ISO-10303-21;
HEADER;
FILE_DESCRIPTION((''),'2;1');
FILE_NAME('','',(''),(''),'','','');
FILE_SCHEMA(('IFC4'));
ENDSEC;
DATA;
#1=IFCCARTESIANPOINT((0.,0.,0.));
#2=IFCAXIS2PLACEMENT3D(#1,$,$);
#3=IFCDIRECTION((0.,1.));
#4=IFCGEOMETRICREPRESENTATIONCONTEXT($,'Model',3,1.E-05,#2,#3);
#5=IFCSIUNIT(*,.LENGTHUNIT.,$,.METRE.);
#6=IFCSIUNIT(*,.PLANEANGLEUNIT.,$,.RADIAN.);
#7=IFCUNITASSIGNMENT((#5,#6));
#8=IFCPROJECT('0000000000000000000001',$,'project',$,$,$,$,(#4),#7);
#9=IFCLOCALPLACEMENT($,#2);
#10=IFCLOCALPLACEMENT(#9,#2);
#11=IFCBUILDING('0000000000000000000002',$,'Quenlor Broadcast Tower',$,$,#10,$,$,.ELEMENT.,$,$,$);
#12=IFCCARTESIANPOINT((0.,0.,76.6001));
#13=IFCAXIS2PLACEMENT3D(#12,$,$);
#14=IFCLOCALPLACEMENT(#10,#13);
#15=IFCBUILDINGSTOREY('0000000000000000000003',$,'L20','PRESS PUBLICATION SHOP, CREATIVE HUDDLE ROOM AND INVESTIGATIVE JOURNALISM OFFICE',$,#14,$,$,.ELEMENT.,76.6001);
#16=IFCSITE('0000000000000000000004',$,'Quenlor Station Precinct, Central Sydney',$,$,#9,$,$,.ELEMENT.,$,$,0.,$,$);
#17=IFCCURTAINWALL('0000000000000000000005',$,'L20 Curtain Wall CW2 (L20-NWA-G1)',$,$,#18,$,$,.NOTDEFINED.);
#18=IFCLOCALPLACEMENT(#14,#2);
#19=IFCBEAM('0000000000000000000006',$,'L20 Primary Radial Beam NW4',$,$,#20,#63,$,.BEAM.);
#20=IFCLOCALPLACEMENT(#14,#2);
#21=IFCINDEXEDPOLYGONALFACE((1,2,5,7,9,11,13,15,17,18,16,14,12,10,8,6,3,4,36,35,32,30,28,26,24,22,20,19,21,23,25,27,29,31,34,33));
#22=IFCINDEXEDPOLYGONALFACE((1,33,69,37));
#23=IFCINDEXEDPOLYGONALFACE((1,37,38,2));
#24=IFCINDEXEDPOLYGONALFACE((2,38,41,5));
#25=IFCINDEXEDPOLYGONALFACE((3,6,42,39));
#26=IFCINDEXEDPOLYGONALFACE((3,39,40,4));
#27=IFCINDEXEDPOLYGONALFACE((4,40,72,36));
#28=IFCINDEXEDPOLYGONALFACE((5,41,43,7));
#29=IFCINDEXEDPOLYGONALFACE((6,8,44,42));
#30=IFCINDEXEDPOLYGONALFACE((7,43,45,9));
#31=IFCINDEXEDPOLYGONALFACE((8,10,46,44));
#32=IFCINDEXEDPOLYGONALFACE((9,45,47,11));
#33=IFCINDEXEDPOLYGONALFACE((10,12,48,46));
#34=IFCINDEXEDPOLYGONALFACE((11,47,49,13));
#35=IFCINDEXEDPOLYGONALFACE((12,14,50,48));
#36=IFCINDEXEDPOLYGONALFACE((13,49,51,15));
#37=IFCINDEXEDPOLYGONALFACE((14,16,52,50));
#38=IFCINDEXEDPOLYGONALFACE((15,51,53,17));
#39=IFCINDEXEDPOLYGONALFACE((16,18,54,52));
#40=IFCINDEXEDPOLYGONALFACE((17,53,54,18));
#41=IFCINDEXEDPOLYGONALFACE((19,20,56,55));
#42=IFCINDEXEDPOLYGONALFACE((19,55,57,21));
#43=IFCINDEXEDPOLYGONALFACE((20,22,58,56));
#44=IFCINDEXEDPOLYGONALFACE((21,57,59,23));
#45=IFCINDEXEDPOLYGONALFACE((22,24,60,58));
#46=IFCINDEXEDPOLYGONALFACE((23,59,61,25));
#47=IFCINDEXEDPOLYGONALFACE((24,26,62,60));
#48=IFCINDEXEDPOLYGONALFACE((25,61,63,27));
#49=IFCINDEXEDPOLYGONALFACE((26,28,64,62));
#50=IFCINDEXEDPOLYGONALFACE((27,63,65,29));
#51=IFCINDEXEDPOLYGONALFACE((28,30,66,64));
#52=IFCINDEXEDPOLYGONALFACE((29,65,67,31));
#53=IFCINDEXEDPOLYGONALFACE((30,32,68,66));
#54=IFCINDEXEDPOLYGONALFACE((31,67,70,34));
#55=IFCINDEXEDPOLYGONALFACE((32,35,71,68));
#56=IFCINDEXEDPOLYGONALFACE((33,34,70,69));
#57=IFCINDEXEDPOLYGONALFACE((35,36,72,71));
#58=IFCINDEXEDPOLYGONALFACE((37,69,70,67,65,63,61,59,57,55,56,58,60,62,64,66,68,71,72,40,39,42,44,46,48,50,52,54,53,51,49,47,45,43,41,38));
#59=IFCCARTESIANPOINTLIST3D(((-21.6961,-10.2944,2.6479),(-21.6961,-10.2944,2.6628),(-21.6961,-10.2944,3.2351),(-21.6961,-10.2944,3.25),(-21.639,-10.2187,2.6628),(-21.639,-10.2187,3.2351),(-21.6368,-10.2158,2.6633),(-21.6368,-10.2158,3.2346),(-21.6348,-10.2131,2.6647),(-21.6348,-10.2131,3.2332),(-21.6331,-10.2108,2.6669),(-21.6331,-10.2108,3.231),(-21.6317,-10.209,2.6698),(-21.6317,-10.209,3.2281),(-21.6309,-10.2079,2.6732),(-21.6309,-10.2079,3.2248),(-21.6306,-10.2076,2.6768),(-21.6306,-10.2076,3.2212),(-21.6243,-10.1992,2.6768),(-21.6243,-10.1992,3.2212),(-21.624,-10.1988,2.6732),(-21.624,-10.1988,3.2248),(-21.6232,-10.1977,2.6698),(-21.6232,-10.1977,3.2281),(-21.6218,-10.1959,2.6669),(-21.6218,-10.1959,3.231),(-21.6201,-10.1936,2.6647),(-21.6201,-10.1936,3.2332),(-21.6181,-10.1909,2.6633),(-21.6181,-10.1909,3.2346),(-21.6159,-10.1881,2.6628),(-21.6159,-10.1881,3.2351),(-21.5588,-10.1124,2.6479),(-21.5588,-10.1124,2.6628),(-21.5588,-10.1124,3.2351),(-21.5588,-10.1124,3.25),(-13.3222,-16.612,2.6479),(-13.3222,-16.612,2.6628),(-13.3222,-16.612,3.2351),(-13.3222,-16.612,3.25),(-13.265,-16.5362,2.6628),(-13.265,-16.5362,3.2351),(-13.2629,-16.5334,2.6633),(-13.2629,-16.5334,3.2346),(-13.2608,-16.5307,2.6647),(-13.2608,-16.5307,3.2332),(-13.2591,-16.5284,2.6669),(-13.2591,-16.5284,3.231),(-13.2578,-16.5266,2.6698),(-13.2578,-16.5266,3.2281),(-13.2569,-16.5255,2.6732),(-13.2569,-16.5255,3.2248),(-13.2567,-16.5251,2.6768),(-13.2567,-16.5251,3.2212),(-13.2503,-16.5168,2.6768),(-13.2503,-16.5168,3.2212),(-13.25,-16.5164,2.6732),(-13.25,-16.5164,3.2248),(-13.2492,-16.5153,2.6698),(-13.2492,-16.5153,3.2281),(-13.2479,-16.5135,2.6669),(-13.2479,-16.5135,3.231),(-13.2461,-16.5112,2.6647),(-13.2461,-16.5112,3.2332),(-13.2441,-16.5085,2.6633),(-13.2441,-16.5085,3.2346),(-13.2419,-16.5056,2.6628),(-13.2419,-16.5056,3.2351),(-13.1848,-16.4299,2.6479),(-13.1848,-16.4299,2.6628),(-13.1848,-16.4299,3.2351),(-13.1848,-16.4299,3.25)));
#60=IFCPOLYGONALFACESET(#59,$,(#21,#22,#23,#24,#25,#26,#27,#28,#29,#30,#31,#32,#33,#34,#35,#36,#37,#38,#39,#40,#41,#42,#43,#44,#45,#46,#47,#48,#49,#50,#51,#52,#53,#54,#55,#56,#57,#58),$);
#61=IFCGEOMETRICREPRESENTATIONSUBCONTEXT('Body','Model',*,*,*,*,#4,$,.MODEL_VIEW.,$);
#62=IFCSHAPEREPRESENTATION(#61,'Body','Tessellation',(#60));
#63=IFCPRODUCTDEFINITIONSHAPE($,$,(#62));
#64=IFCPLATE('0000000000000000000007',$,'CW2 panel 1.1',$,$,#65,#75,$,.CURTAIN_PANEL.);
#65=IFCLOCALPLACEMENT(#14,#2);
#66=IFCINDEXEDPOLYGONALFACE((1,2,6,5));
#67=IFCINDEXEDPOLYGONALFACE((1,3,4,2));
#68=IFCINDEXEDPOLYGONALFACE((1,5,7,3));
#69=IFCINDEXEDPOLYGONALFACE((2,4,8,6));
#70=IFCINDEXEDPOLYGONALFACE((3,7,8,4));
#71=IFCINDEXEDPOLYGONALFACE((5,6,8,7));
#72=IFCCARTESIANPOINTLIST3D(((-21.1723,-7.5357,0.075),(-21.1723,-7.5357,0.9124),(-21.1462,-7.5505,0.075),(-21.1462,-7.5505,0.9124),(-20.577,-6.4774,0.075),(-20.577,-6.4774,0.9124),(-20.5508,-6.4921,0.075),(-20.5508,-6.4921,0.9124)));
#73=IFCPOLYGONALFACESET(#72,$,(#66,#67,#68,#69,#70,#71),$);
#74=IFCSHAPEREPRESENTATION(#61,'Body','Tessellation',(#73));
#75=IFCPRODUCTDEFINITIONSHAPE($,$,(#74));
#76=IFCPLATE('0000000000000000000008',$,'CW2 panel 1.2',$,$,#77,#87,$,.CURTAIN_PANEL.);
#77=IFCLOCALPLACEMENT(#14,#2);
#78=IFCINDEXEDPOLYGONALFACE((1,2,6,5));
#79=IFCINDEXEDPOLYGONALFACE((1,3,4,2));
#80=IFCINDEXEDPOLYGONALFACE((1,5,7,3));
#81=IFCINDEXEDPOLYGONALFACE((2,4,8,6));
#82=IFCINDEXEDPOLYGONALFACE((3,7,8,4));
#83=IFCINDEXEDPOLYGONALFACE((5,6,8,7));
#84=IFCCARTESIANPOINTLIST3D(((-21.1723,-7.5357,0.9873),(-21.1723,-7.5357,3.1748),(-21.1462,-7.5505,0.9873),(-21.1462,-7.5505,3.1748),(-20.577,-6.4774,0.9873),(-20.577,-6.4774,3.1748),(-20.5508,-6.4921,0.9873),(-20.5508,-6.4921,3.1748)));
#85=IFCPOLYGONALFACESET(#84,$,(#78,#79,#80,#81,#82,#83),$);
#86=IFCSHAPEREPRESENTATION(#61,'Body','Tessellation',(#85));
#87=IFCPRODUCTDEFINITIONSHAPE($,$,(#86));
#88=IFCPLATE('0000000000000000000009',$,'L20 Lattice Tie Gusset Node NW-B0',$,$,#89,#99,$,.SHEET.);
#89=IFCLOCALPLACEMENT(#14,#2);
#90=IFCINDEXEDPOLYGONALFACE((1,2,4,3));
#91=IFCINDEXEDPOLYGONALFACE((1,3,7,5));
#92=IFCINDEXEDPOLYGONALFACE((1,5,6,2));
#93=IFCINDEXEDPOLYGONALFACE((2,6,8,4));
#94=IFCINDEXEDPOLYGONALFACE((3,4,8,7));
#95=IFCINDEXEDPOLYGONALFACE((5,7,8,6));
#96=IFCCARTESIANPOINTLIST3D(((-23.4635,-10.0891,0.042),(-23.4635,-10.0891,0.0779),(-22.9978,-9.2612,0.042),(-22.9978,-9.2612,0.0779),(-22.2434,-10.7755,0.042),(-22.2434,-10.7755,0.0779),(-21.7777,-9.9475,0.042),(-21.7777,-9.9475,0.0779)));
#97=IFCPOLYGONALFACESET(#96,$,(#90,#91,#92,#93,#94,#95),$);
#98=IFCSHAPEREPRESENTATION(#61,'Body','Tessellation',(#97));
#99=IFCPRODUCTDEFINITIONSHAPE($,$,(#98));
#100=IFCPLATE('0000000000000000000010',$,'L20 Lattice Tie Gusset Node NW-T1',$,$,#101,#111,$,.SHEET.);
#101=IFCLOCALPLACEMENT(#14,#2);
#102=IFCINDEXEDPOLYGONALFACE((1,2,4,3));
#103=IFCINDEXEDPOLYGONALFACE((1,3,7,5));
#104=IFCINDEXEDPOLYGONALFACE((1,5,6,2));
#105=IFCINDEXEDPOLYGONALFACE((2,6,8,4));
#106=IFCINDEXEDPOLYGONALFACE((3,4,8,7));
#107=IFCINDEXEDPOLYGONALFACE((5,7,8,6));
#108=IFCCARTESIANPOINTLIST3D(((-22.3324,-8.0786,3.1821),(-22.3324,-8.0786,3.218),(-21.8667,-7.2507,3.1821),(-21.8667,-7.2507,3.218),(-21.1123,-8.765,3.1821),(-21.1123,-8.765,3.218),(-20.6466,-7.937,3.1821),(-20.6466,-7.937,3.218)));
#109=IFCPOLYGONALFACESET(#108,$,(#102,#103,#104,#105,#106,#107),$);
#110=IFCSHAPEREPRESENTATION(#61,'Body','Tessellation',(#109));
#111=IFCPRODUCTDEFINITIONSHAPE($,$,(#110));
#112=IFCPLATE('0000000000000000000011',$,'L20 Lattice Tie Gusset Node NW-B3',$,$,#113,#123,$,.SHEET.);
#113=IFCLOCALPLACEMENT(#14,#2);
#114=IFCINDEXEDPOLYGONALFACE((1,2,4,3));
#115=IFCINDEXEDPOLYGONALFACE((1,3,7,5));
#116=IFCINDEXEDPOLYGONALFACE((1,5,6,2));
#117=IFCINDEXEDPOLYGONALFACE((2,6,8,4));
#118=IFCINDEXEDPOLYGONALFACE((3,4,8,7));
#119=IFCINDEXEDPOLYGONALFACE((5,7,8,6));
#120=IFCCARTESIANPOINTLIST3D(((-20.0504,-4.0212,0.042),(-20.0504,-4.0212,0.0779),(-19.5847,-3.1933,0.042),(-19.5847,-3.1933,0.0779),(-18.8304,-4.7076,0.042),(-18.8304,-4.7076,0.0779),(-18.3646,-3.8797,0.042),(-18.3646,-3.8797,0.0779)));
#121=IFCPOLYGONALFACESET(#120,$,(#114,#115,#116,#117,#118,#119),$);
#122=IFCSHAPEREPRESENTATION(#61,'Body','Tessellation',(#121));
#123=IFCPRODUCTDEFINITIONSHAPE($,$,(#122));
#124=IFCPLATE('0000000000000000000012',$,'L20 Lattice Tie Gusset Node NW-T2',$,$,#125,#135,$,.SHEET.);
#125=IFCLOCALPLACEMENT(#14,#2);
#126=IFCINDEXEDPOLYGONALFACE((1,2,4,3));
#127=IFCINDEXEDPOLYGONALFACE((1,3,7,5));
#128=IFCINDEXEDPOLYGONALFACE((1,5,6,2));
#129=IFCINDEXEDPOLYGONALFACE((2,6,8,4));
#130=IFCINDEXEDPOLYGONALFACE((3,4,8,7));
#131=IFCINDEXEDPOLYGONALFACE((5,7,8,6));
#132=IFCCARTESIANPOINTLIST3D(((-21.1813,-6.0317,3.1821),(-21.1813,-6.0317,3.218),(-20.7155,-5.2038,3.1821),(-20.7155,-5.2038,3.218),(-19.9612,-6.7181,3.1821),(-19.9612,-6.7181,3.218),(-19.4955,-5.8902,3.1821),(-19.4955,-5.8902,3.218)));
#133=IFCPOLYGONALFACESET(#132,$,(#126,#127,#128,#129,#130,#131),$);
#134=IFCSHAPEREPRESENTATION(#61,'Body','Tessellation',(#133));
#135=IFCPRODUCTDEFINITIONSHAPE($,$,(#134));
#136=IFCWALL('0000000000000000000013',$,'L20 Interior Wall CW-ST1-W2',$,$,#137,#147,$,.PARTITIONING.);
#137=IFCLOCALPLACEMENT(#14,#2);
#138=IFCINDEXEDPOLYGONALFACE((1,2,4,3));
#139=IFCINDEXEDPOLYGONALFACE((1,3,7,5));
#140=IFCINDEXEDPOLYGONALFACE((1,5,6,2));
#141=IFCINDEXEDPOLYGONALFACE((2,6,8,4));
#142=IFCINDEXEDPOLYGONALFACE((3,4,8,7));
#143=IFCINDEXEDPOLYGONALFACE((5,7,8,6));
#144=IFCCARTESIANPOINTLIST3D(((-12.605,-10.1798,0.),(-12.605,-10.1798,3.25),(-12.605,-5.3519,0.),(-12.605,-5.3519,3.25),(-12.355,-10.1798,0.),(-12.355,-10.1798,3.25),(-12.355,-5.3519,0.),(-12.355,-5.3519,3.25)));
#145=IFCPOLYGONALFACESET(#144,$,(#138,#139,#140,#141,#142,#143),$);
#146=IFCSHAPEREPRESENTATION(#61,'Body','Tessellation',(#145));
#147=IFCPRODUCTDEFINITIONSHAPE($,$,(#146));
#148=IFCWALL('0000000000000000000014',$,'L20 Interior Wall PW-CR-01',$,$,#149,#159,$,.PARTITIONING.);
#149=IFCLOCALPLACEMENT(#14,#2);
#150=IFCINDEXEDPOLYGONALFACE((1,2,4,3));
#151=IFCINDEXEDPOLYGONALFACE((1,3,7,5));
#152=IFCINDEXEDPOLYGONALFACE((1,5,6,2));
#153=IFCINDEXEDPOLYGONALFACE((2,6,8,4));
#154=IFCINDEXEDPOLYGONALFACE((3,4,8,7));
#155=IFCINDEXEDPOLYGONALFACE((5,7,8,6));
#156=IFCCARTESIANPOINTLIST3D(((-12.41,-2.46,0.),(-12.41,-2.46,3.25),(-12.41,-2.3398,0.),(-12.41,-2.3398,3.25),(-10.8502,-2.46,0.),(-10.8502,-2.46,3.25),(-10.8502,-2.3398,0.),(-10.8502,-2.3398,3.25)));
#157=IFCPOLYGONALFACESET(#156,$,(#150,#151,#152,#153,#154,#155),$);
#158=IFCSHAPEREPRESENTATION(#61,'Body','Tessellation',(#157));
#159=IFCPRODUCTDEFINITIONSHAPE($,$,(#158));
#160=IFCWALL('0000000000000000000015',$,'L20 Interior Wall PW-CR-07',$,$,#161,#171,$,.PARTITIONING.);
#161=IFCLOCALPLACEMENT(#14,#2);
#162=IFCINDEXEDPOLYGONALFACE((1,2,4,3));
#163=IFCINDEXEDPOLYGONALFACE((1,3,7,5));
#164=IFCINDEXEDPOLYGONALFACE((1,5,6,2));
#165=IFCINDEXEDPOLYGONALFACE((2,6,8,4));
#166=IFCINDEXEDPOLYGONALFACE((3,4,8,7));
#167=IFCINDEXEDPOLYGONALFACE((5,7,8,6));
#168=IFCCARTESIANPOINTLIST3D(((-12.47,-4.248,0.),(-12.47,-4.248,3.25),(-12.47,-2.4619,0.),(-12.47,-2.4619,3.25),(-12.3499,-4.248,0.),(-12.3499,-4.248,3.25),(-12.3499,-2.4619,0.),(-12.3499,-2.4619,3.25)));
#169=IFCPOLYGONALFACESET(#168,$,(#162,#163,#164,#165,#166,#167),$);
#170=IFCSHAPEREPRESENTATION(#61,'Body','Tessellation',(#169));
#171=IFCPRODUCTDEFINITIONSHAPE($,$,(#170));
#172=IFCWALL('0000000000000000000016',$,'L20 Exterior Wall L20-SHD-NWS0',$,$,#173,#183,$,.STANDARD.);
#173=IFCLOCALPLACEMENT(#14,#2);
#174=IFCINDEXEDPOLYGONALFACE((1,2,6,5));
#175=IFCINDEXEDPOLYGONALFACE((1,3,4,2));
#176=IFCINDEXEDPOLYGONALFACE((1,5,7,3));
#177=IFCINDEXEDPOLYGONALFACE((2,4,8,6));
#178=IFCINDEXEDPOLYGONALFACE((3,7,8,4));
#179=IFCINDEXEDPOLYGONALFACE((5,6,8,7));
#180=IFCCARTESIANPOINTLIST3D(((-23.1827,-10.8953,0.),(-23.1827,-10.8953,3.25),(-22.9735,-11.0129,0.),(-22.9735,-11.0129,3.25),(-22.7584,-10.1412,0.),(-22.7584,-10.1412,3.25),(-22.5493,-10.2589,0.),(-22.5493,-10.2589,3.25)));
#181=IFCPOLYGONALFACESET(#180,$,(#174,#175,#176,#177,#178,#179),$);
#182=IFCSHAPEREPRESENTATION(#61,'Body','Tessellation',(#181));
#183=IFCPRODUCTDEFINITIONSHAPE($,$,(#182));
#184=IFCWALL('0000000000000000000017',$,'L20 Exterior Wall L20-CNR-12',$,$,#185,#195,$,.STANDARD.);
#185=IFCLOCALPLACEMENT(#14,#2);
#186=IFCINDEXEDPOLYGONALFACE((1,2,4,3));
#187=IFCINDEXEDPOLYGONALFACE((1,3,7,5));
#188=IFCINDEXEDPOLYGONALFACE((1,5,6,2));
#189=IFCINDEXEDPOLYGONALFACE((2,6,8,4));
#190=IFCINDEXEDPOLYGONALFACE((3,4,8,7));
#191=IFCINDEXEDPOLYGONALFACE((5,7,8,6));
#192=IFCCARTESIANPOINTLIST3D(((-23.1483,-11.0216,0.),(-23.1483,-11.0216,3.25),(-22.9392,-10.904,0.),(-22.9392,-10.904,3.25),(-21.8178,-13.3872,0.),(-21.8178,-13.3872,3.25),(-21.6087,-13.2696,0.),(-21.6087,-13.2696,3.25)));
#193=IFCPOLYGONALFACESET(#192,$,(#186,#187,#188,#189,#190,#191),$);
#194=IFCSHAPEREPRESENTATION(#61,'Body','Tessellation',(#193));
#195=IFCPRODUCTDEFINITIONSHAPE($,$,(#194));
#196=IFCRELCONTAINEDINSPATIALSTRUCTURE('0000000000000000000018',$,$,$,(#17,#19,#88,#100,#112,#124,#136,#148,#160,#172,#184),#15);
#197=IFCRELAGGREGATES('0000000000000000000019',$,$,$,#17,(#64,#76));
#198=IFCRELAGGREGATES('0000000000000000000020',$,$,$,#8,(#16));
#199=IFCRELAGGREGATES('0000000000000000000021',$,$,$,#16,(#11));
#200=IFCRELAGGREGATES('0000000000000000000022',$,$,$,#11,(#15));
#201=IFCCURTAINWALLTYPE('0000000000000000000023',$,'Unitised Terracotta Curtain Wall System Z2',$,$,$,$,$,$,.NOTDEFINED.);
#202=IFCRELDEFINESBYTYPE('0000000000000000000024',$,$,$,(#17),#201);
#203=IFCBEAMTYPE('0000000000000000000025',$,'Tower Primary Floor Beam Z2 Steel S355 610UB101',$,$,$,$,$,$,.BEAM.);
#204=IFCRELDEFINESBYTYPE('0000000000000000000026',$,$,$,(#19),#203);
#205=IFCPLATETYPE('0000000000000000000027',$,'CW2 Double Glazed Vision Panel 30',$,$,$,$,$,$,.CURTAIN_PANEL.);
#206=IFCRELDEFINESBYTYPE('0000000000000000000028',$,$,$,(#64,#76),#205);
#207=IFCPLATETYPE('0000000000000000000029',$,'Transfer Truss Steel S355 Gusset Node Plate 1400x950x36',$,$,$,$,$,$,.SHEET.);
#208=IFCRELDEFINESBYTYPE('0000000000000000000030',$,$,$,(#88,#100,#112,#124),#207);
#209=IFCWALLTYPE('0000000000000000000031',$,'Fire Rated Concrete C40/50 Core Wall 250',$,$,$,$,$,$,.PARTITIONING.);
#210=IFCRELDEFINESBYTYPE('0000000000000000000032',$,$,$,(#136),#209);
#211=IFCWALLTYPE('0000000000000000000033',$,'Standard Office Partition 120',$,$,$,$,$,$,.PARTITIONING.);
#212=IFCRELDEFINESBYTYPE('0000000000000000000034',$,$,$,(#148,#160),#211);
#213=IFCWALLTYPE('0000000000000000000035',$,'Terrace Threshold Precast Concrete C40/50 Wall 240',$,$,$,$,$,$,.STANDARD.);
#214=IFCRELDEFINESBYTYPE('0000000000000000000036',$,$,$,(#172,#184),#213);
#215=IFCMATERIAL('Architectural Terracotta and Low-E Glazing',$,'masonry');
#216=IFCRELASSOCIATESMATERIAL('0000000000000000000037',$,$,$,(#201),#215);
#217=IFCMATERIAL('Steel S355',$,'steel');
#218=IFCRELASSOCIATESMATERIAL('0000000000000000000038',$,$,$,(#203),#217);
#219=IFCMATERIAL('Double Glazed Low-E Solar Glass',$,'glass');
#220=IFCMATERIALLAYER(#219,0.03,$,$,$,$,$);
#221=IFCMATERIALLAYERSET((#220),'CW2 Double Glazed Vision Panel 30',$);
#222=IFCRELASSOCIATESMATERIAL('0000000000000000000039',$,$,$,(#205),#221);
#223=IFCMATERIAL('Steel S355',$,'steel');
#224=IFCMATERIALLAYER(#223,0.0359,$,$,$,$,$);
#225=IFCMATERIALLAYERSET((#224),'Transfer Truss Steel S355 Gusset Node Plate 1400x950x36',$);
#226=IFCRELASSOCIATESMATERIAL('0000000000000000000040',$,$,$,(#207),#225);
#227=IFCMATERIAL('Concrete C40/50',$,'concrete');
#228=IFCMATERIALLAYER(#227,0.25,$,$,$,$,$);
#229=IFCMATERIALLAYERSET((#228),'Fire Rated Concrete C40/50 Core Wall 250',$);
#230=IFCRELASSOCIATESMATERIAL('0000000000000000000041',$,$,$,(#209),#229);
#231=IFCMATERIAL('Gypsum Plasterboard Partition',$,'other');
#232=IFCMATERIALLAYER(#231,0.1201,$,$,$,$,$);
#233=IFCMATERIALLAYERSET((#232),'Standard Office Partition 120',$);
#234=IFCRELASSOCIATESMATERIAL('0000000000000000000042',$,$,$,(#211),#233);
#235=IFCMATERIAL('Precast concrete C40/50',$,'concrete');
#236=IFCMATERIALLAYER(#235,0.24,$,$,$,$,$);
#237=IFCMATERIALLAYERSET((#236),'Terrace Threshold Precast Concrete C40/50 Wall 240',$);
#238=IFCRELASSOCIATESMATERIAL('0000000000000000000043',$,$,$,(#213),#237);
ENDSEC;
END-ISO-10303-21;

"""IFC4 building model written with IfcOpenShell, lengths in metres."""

from ifc_helpers import new_model, si_unit, direction, frame, frame_2d, origin, origin_2d, place, context, subcontext, project, spatial, rectangle, i_section, extrude, material, layer, layer_set, material_profile, profile_set, type_object, element, aggregate, save


model = new_model("IFC4")

# Units and contexts
model_context = context("Model", 3, precision=1e-05, world=origin(), true_north=direction((0.0, 1.0)))
body_context = subcontext(model_context, "Body", "Model", "MODEL_VIEW")
ifc_project = project(units=[si_unit("LENGTHUNIT", "METRE"), si_unit("PLANEANGLEUNIT", "RADIAN")], contexts=[model_context])

# Site, building, storey
site_placement = place(None, origin())
site = spatial("IfcSite", under=ifc_project, at=site_placement, Name="Quenlor Station Precinct, Central Sydney", CompositionType="ELEMENT", RefElevation=0.0)
building_placement = place(site_placement, origin())
building = spatial("IfcBuilding", under=site, at=building_placement, Name="Quenlor Broadcast Tower", CompositionType="ELEMENT")
storey_placement = place(building_placement, frame((0.0, 0.0, 76.6001)))
storey = spatial("IfcBuildingStorey", under=building, at=storey_placement, Name="L20", Description="PRESS PUBLICATION SHOP, CREATIVE HUDDLE ROOM AND INVESTIGATIVE JOURNALISM OFFICE", CompositionType="ELEMENT", Elevation=76.6001)

# Curtain wall
ifc_material_1 = material(Name="Architectural Terracotta and Low-E Glazing", Category="masonry")
curtain_wall_type = type_object("IfcCurtainWallType", Name="Unitised Terracotta Curtain Wall System Z2", PredefinedType="NOTDEFINED", material=ifc_material_1)
curtain_wall_placement = place(storey_placement, origin())
curtain_wall = element("IfcCurtainWall", 1, at=curtain_wall_placement, inside=storey, type_object=curtain_wall_type, Name="L20 Curtain Wall CW2 (L20-NWA-G1)", PredefinedType="NOTDEFINED")

# Beam
ifc_material_2 = material(Name="Steel S355", Category="steel")
ifc_material_profile_1 = material_profile(ifc_material_2, i_section(OverallWidth=0.228, OverallDepth=0.6021, WebThickness=0.0105, FlangeThickness=0.0149, FilletRadius=0.0139, at=origin_2d()))
ifc_profile_set_1 = profile_set([ifc_material_profile_1], Name="Steel S355 610UB101")
beam_type_1 = type_object("IfcBeamType", Name="Tower Primary Floor Beam Z2 Steel S355 610UB101", PredefinedType="BEAM", material=ifc_profile_set_1)
beam_1_placement = place(storey_placement, frame((-21.6274, -10.2034, 2.949), z_axis=(0.798299, -0.602262, 0.0), x_axis=(0.602262, 0.798299, 0.0)))
element("IfcBeam", 2, at=beam_1_placement, inside=storey, type_object=beam_type_1, Name="L20 Primary Radial Beam NW4", PredefinedType="BEAM", context=body_context, shape_type="SweptSolid", body=[
    extrude(i_section(OverallWidth=0.228, OverallDepth=0.6021, WebThickness=0.0105, FlangeThickness=0.0149, FilletRadius=0.0139, at=origin_2d()), origin(), (0.0, 0.0, 1.0), 10.4897),
])

# Plates
ifc_material_3 = material(Name="Double Glazed Low-E Solar Glass", Category="glass")
ifc_layer_1 = layer(ifc_material_3, 0.03)
ifc_layer_set_1 = layer_set([ifc_layer_1], Name="CW2 Double Glazed Vision Panel 30")
plate_type_1 = type_object("IfcPlateType", Name="CW2 Double Glazed Vision Panel 30", PredefinedType="CURTAIN_PANEL", material=ifc_layer_set_1)
plate_1_placement = place(storey_placement, frame((-20.8616, -7.0139, 0.075), z_axis=(0.0, 0.0, 1.0), x_axis=(0.490279, 0.871566, 0.0)))
plate_1 = element("IfcPlate", 3, at=plate_1_placement, type_object=plate_type_1, Name="CW2 panel 1.1", PredefinedType="CURTAIN_PANEL", context=body_context, shape_type="SweptSolid", body=[
    extrude(rectangle(XDim=1.2144, YDim=0.03, at=origin_2d()), origin(), (0.0, 0.0, 1.0), 0.8374),
])
plate_2_placement = place(storey_placement, frame((-20.8616, -7.0139, 0.9873), z_axis=(0.0, 0.0, 1.0), x_axis=(0.490279, 0.871566, 0.0)))
plate_2 = element("IfcPlate", 4, at=plate_2_placement, type_object=plate_type_1, Name="CW2 panel 1.2", PredefinedType="CURTAIN_PANEL", context=body_context, shape_type="SweptSolid", body=[
    extrude(rectangle(XDim=1.2144, YDim=0.03, at=origin_2d()), origin(), (0.0, 0.0, 1.0), 2.1875),
])
aggregate(curtain_wall, [plate_1, plate_2])

# Plates
ifc_material_4 = material(Name="Steel S355", Category="steel")
ifc_layer_2 = layer(ifc_material_4, 0.0359)
ifc_layer_set_2 = layer_set([ifc_layer_2], Name="Transfer Truss Steel S355 Gusset Node Plate 1400x950x36")
plate_type_2 = type_object("IfcPlateType", Name="Transfer Truss Steel S355 Gusset Node Plate 1400x950x36", PredefinedType="SHEET", material=ifc_layer_set_2)
for number, where, z_axis, x_axis, name in (
    (5, (-22.6206, -10.0183, 0.042), (0.0, 0.0, 1.0), (-0.871556, 0.490295, 0.0), "L20 Lattice Tie Gusset Node NW-B0"),
    (6, (-21.4895, -8.0078, 3.1821), (0.0, 0.0, 1.0), (-0.871556, 0.490295, 0.0), "L20 Lattice Tie Gusset Node NW-T1"),
    (7, (-19.2075, -3.9504, 0.042), (0.0, 0.0, 1.0), (-0.871556, 0.490295, 0.0), "L20 Lattice Tie Gusset Node NW-B3"),
    (8, (-20.3384, -5.9609, 3.1821), (0.0, 0.0, 1.0), (-0.871556, 0.490295, 0.0), "L20 Lattice Tie Gusset Node NW-T2"),
):
    element("IfcPlate", number, at=place(storey_placement, frame(where, z_axis=z_axis, x_axis=x_axis)), inside=storey, type_object=plate_type_2, Name=name, PredefinedType="SHEET", context=body_context, shape_type="SweptSolid", body=[
        extrude(rectangle(XDim=1.3999, YDim=0.95, at=origin_2d()), origin(), (0.0, 0.0, 1.0), 0.0359),
    ])

# Walls
ifc_material_5 = material(Name="Concrete C40/50", Category="concrete")
ifc_layer_3 = layer(ifc_material_5, 0.25)
ifc_layer_set_3 = layer_set([ifc_layer_3], Name="Fire Rated Concrete C40/50 Core Wall 250")
wall_type_1 = type_object("IfcWallType", Name="Fire Rated Concrete C40/50 Core Wall 250", PredefinedType="PARTITIONING", material=ifc_layer_set_3)
wall_1_placement = place(storey_placement, frame((-12.48, -10.1799, 0.0), z_axis=(0.0, 0.0, 1.0), x_axis=(0.0, 1.0, 0.0)))
element("IfcWall", 9, at=wall_1_placement, inside=storey, type_object=wall_type_1, Name="L20 Interior Wall CW-ST1-W2", PredefinedType="PARTITIONING", context=body_context, shape_type="SweptSolid", body=[
    extrude(rectangle(XDim=4.8279, YDim=0.25, at=frame_2d((2.4141, 0.0))), origin(), (0.0, 0.0, 1.0), 3.25),
])
ifc_material_6 = material(Name="Gypsum Plasterboard Partition", Category="other")
ifc_layer_4 = layer(ifc_material_6, 0.1201)
ifc_layer_set_4 = layer_set([ifc_layer_4], Name="Standard Office Partition 120")
wall_type_2 = type_object("IfcWallType", Name="Standard Office Partition 120", PredefinedType="PARTITIONING", material=ifc_layer_set_4)
wall_2_placement = place(storey_placement, frame((-12.4099, -2.3999, 0.0), z_axis=(0.0, 0.0, 1.0), x_axis=(1.0, 0.0, 0.0)))
element("IfcWall", 10, at=wall_2_placement, inside=storey, type_object=wall_type_2, Name="L20 Interior Wall PW-CR-01", PredefinedType="PARTITIONING", context=body_context, shape_type="SweptSolid", body=[
    extrude(rectangle(XDim=1.5598, YDim=0.1201, at=frame_2d((0.7798, 0.0))), origin(), (0.0, 0.0, 1.0), 3.25),
])
wall_3_placement = place(storey_placement, frame((-12.4099, -4.248, 0.0), z_axis=(0.0, 0.0, 1.0), x_axis=(0.0, 1.0, 0.0)))
element("IfcWall", 11, at=wall_3_placement, inside=storey, type_object=wall_type_2, Name="L20 Interior Wall PW-CR-07", PredefinedType="PARTITIONING", context=body_context, shape_type="SweptSolid", body=[
    extrude(rectangle(XDim=1.7861, YDim=0.1201, at=frame_2d((0.8931, 0.0))), origin(), (0.0, 0.0, 1.0), 3.25),
])
ifc_material_7 = material(Name="Precast concrete C40/50", Category="concrete")
ifc_layer_5 = layer(ifc_material_7, 0.24)
ifc_layer_set_5 = layer_set([ifc_layer_5], Name="Terrace Threshold Precast Concrete C40/50 Wall 240")
wall_type_3 = type_object("IfcWallType", Name="Terrace Threshold Precast Concrete C40/50 Wall 240", PredefinedType="STANDARD", material=ifc_layer_set_5)
wall_4_placement = place(storey_placement, frame((-23.0781, -10.9541, 0.0), z_axis=(0.0, 0.0, 1.0), x_axis=(0.490355, 0.871523, 0.0)))
element("IfcWall", 12, at=wall_4_placement, inside=storey, type_object=wall_type_3, Name="L20 Exterior Wall L20-SHD-NWS0", PredefinedType="STANDARD", context=body_context, shape_type="SweptSolid", body=[
    extrude(rectangle(XDim=0.8652, YDim=0.24, at=frame_2d((0.4326, 0.0))), origin(), (0.0, 0.0, 1.0), 3.25),
])
wall_5_placement = place(storey_placement, frame((-23.0437, -10.9629, 0.0), z_axis=(0.0, 0.0, 1.0), x_axis=(0.490219, -0.8716, 0.0)))
element("IfcWall", 13, at=wall_5_placement, inside=storey, type_object=wall_type_3, Name="L20 Exterior Wall L20-CNR-12", PredefinedType="STANDARD", context=body_context, shape_type="SweptSolid", body=[
    extrude(rectangle(XDim=2.7141, YDim=0.24, at=frame_2d((1.3569, 0.0))), origin(), (0.0, 0.0, 1.0), 3.25),
])

save(model, "model.ifc")
